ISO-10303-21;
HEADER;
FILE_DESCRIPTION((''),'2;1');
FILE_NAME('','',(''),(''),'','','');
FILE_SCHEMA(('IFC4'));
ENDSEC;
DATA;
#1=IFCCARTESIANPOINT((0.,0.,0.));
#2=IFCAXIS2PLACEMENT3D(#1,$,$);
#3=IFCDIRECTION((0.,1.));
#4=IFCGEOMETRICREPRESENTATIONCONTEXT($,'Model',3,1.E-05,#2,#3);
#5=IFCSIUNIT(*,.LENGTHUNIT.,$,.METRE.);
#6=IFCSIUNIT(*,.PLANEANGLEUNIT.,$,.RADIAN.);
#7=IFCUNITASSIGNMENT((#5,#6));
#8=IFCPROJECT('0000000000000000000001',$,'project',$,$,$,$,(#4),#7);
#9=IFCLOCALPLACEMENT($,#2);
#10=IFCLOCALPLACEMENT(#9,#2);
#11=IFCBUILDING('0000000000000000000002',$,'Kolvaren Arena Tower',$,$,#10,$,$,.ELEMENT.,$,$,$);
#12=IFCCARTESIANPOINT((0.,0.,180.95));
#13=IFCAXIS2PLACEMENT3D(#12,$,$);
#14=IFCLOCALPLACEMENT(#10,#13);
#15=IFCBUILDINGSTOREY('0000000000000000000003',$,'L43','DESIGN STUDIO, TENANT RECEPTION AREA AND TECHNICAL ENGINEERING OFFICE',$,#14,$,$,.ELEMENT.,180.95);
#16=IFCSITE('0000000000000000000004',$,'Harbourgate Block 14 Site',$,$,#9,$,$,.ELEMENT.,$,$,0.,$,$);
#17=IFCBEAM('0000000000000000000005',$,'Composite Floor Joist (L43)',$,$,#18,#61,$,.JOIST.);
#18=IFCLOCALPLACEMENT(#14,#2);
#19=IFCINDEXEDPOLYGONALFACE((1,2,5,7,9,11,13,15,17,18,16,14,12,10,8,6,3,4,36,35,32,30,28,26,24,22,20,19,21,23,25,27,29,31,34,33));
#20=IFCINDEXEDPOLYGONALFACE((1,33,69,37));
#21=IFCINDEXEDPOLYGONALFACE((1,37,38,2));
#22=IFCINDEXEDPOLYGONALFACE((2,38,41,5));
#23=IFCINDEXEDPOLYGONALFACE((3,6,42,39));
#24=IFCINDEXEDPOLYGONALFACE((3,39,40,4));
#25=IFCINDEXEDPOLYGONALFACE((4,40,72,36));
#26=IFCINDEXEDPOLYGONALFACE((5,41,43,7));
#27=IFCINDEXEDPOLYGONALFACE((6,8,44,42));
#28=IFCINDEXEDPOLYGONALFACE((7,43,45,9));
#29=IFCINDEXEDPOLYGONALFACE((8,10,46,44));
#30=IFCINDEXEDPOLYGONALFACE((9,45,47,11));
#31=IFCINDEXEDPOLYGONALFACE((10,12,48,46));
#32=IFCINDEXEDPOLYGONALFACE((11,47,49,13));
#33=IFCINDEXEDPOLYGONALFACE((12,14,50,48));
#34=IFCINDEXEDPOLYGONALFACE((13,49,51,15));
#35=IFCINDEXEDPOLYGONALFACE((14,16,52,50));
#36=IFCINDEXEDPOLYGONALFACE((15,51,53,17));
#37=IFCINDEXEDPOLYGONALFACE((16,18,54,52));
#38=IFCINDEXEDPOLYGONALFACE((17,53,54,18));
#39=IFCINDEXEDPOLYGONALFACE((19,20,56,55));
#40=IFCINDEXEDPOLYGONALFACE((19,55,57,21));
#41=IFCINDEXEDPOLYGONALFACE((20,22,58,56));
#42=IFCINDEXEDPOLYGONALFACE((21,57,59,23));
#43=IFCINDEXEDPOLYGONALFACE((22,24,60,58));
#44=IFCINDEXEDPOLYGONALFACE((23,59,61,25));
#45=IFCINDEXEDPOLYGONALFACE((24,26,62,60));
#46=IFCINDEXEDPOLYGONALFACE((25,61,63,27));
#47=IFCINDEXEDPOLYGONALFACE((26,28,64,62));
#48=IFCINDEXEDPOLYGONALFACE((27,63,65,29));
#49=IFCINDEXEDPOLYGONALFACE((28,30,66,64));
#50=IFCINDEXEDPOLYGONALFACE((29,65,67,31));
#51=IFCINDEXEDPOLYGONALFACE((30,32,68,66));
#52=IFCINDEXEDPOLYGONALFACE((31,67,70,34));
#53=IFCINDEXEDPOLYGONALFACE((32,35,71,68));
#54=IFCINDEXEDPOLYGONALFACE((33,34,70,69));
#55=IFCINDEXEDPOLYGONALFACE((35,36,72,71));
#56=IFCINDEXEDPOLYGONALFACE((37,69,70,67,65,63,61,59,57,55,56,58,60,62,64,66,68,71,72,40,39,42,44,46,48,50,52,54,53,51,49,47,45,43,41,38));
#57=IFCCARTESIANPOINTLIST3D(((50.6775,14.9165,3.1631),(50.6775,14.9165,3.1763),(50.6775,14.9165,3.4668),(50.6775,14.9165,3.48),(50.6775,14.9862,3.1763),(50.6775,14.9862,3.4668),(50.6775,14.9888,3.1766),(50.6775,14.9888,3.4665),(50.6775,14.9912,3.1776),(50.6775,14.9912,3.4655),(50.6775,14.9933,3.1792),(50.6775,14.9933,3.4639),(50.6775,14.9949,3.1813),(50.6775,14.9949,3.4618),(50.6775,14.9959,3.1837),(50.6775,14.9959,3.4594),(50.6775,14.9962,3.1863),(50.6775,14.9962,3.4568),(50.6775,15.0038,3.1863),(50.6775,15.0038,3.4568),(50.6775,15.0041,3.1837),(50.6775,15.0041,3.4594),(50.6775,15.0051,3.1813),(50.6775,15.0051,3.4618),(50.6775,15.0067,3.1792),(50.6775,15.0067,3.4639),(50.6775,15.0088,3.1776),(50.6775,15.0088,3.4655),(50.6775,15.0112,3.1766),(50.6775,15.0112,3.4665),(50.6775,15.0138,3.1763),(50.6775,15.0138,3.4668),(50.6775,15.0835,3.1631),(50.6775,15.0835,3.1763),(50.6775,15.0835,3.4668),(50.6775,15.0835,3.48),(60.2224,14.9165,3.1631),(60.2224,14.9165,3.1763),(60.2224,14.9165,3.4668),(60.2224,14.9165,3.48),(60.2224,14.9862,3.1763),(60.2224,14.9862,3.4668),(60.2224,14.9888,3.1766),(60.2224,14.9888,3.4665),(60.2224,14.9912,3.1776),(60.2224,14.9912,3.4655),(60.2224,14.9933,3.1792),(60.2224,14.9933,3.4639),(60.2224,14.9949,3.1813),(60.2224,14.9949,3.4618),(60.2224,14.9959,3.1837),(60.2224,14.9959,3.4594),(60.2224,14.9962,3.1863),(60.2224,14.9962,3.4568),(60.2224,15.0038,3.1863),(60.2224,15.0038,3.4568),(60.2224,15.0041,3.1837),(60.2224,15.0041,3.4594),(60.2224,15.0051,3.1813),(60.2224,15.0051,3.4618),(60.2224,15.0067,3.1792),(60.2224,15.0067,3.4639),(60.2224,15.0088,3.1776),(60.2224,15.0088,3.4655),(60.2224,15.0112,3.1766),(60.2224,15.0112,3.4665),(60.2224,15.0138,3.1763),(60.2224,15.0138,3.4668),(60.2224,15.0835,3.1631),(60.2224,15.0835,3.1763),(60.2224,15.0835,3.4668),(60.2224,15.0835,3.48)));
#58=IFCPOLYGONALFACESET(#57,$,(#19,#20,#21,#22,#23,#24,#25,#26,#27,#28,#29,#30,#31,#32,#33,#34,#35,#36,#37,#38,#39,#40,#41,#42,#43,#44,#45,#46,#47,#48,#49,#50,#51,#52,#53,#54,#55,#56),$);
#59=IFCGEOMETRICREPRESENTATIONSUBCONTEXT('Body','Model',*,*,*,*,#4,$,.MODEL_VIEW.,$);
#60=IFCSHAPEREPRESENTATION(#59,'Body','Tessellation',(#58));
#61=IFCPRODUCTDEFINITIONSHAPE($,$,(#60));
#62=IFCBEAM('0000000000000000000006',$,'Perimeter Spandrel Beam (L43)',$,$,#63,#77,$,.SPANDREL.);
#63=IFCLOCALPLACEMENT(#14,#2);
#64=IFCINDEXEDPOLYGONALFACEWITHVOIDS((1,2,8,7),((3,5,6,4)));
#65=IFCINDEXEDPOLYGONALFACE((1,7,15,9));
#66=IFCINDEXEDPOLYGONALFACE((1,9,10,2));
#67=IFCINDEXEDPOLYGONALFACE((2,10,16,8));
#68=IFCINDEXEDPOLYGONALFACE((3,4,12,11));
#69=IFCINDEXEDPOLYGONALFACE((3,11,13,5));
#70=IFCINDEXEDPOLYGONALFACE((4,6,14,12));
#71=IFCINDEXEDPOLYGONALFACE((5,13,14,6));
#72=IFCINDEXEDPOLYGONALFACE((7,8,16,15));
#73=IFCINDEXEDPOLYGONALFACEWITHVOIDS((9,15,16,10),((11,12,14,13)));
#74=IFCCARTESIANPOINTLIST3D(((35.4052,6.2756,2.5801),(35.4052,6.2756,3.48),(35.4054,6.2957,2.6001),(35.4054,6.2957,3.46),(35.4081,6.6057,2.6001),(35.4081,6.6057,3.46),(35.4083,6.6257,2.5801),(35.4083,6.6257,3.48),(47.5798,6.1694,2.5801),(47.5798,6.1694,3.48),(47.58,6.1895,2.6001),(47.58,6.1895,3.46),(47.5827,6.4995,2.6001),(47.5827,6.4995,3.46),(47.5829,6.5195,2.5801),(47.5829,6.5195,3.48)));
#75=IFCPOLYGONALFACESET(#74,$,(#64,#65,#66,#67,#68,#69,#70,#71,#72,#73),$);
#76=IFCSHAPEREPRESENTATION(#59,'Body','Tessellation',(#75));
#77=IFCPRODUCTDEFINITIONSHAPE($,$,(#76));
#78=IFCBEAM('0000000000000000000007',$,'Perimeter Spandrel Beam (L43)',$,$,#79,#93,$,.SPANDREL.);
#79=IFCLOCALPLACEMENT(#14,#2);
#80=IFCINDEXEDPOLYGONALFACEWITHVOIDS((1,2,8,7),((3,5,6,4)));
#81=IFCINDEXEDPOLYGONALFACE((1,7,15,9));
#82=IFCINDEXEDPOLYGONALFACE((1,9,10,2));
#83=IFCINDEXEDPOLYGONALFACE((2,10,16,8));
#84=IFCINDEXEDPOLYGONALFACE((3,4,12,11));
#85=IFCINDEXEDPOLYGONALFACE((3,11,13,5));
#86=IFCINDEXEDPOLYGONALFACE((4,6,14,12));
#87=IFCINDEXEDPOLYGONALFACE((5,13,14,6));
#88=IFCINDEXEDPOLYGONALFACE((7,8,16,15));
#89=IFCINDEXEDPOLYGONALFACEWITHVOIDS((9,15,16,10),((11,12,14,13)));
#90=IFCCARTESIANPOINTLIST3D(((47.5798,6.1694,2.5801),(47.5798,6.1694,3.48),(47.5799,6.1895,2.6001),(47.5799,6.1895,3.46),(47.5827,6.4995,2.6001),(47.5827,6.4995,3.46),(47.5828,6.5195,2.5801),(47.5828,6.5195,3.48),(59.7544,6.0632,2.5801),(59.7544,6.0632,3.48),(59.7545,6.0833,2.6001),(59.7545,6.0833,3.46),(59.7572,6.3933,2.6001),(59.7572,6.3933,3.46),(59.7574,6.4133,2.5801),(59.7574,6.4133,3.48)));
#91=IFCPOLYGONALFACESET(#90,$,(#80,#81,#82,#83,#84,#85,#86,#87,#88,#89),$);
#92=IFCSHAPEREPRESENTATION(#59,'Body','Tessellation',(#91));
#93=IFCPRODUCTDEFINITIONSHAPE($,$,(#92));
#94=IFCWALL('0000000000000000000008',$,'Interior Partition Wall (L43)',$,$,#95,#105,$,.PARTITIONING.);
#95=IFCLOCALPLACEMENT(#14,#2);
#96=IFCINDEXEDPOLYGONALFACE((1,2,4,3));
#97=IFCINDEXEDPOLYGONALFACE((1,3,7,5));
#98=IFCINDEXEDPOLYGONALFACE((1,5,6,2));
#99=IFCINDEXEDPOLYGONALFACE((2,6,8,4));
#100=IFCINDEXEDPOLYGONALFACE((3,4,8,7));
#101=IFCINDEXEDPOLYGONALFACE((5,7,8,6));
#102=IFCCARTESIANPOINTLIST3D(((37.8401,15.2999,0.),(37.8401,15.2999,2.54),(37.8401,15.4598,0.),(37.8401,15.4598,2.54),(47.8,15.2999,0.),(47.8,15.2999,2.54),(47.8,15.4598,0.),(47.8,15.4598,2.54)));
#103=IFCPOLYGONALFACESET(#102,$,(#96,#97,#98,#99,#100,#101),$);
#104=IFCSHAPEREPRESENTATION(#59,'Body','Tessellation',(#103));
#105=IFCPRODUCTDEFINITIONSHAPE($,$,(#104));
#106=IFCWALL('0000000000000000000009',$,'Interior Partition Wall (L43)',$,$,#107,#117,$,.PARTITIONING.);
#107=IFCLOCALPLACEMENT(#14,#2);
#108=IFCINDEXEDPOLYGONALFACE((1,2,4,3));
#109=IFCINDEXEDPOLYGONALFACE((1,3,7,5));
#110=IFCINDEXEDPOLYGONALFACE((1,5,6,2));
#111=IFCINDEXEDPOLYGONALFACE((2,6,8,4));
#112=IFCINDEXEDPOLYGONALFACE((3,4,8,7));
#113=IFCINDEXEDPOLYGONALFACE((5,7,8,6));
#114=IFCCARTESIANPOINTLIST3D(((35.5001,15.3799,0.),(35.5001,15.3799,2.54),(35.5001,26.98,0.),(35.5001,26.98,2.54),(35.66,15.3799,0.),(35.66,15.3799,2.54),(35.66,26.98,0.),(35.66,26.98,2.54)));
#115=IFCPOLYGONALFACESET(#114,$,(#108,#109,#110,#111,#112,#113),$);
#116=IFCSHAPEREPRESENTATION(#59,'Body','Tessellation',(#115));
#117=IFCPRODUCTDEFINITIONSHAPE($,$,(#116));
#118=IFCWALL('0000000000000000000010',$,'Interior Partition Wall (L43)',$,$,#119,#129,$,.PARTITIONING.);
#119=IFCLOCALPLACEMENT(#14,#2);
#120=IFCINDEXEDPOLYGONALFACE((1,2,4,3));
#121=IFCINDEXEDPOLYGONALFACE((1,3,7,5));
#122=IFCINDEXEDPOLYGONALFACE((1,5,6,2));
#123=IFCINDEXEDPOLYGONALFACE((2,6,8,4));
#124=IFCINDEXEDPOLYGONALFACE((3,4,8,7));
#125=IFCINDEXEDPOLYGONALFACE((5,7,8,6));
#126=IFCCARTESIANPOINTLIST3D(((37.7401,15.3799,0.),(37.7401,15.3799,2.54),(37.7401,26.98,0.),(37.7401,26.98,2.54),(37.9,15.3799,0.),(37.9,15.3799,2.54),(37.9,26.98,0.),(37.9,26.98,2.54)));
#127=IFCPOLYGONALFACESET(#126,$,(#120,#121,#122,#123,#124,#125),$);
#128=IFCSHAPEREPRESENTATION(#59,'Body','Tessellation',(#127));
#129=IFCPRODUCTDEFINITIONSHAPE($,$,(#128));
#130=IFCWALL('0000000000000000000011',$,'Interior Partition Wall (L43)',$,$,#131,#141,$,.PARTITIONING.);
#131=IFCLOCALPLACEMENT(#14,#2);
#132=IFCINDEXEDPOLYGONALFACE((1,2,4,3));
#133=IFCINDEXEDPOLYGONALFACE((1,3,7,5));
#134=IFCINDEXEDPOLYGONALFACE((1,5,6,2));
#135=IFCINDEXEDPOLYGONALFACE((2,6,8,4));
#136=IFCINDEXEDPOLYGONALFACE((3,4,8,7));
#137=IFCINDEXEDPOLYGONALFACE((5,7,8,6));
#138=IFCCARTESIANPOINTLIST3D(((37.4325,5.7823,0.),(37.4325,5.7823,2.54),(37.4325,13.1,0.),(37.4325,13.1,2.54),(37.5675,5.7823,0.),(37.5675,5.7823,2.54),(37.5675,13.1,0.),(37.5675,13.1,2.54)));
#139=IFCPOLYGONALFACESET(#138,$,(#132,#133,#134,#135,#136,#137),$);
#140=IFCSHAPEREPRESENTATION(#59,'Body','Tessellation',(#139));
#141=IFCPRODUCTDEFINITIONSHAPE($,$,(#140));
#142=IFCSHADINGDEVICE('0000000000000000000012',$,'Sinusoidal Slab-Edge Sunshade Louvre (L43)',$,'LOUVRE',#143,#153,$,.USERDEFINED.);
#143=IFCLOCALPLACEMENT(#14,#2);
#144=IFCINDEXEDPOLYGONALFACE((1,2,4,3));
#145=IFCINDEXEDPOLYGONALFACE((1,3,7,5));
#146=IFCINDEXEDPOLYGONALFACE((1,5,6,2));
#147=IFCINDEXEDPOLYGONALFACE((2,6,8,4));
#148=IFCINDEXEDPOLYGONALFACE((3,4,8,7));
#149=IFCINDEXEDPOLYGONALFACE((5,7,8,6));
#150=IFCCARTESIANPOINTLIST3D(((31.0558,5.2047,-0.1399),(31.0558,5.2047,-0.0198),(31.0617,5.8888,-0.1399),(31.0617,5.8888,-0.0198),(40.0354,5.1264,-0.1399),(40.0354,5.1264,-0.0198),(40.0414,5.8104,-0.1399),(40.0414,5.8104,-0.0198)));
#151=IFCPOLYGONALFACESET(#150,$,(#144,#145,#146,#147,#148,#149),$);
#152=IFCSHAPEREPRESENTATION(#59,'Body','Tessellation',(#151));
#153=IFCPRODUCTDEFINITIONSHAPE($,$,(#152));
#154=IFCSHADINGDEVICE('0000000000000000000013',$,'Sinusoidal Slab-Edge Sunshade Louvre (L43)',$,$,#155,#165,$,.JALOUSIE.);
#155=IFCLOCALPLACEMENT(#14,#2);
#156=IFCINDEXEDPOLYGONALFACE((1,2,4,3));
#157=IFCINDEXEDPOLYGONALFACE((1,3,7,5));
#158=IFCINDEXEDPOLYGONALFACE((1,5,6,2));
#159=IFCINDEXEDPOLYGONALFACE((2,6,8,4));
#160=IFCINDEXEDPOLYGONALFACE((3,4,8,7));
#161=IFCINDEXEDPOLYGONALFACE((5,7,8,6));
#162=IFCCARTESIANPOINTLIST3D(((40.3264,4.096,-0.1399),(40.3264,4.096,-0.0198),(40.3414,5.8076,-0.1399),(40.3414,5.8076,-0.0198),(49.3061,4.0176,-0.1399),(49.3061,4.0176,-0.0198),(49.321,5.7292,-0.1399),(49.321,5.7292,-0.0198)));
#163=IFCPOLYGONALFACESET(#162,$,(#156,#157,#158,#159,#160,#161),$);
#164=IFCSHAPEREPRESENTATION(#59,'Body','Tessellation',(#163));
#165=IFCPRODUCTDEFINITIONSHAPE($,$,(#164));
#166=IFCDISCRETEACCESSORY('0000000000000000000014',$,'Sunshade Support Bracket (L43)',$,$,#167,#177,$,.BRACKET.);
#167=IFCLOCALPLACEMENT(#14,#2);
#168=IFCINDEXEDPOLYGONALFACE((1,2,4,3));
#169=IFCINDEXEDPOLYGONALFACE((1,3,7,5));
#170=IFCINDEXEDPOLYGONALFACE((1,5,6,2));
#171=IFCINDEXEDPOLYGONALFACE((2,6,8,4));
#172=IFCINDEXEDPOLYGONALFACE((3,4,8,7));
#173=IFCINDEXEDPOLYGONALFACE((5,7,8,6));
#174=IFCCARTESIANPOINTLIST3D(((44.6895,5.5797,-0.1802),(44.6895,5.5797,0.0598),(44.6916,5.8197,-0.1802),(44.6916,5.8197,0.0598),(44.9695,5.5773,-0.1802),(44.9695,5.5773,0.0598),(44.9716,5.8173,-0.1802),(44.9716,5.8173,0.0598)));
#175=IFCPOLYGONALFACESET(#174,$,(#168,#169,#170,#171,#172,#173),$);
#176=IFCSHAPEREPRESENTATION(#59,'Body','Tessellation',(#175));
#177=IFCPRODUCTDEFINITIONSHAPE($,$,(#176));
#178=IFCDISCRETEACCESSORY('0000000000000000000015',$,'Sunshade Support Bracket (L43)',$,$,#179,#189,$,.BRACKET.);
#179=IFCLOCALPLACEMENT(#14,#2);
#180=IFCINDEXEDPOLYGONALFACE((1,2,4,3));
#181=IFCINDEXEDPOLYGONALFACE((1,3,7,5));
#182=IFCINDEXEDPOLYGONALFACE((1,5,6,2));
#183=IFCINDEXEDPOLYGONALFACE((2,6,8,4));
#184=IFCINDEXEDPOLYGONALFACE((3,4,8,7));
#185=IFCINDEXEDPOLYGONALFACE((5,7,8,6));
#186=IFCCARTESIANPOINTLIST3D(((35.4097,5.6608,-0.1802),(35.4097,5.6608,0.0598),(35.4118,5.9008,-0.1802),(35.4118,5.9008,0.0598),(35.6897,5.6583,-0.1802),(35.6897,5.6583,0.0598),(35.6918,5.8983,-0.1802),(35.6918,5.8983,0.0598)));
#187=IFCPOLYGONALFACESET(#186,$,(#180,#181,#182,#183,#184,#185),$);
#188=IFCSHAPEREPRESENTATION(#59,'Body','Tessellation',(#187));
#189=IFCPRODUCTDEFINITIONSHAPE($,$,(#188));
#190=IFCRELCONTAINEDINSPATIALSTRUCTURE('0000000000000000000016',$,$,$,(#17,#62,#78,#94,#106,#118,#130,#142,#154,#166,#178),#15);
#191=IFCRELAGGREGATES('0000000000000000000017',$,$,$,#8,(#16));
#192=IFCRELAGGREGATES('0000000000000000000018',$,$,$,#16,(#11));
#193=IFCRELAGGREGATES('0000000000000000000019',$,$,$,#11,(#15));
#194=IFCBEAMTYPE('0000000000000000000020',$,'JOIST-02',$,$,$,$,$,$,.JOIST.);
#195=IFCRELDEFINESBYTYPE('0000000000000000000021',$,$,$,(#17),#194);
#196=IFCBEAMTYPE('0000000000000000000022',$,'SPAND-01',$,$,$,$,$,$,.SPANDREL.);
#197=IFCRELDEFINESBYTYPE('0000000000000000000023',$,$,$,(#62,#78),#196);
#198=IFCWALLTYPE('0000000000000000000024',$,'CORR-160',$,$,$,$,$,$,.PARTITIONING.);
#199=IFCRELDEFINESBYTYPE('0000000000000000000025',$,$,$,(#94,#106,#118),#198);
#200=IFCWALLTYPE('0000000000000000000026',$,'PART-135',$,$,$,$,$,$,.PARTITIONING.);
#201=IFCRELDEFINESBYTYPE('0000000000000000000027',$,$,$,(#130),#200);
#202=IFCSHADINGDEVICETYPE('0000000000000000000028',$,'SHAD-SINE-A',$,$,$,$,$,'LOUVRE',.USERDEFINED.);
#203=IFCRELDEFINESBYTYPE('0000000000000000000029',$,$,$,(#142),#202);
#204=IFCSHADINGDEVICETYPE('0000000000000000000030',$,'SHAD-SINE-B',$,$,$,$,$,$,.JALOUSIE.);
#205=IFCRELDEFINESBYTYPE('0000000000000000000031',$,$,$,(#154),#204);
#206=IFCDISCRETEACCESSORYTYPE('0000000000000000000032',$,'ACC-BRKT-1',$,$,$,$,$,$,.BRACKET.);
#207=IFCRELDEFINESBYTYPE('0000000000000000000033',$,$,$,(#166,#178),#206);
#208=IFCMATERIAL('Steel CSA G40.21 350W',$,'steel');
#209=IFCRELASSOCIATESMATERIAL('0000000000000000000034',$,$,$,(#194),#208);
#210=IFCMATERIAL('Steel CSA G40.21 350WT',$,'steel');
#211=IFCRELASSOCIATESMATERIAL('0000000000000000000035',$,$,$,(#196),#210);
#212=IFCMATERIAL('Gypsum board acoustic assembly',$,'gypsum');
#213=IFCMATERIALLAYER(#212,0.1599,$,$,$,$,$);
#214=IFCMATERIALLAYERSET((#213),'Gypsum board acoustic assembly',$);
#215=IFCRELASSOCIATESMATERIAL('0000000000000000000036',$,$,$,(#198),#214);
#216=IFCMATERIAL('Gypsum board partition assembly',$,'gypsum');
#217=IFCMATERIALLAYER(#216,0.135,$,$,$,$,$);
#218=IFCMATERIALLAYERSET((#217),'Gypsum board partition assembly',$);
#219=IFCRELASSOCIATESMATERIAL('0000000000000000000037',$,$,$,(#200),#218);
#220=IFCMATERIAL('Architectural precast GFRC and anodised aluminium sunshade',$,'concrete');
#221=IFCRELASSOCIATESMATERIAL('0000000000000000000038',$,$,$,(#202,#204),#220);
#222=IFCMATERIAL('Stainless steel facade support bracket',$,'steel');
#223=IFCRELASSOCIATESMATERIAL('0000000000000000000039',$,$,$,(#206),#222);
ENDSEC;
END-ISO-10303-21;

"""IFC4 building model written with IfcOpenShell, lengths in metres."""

from ifc_helpers import new_model, si_unit, direction, frame, frame_2d, origin, origin_2d, place, context, subcontext, project, spatial, rectangle, hollow_rectangle, i_section, extrude, material, layer, layer_set, material_profile, profile_set, type_object, element, save


model = new_model("IFC4")

# Units and contexts
model_context = context("Model", 3, precision=1e-05, world=origin(), true_north=direction((0.0, 1.0)))
body_context = subcontext(model_context, "Body", "Model", "MODEL_VIEW")
ifc_project = project(units=[si_unit("LENGTHUNIT", "METRE"), si_unit("PLANEANGLEUNIT", "RADIAN")], contexts=[model_context])

# Site, building, storey
site_placement = place(None, origin())
site = spatial("IfcSite", under=ifc_project, at=site_placement, Name="Harbourgate Block 14 Site", CompositionType="ELEMENT", RefElevation=0.0)
building_placement = place(site_placement, origin())
building = spatial("IfcBuilding", under=site, at=building_placement, Name="Kolvaren Arena Tower", CompositionType="ELEMENT")
storey_placement = place(building_placement, frame((0.0, 0.0, 180.95)))
storey = spatial("IfcBuildingStorey", under=building, at=storey_placement, Name="L43", Description="DESIGN STUDIO, TENANT RECEPTION AREA AND TECHNICAL ENGINEERING OFFICE", CompositionType="ELEMENT", Elevation=180.95)

# Beams
ifc_material_1 = material(Name="Steel CSA G40.21 350W", Category="steel")
ifc_material_profile_1 = material_profile(ifc_material_1, i_section(OverallWidth=0.167, OverallDepth=0.3169, WebThickness=0.0076, FlangeThickness=0.0132, FilletRadius=0.01, at=origin_2d()), Name="W310x52")
ifc_profile_set_1 = profile_set([ifc_material_profile_1], Name="Steel CSA G40.21 350W")
beam_type_1 = type_object("IfcBeamType", Name="JOIST-02", PredefinedType="JOIST", material=ifc_profile_set_1)
beam_1_placement = place(storey_placement, frame((50.6775, 15.0, 3.3215), z_axis=(1.0, 0.0, 0.0), x_axis=(0.0, 1.0, 0.0)))
element("IfcBeam", 1, at=beam_1_placement, inside=storey, type_object=beam_type_1, Name="Composite Floor Joist (L43)", PredefinedType="JOIST", context=body_context, shape_type="SweptSolid", body=[
    extrude(i_section(OverallWidth=0.167, OverallDepth=0.3169, WebThickness=0.0076, FlangeThickness=0.0132, FilletRadius=0.01, at=origin_2d()), origin(), (0.0, 0.0, 1.0), 9.5449),
])
ifc_material_2 = material(Name="Steel CSA G40.21 350WT", Category="steel")
ifc_material_profile_2 = material_profile(ifc_material_2, hollow_rectangle(XDim=0.3501, YDim=0.8999, WallThickness=0.02, at=origin_2d()), Name="HSS 900x350x20")
ifc_profile_set_2 = profile_set([ifc_material_profile_2], Name="Steel CSA G40.21 350WT")
beam_type_2 = type_object("IfcBeamType", Name="SPAND-01", PredefinedType="SPANDREL", material=ifc_profile_set_2)
for number, where, z_axis, x_axis, name in (
    (2, (35.4067, 6.4507, 3.03), (0.999962, -0.008723, 0.0), (0.008723, 0.999962, 0.0), "Perimeter Spandrel Beam (L43)"),
    (3, (47.5813, 6.3445, 3.03), (0.999962, -0.008723, 0.0), (0.008723, 0.999962, 0.0), "Perimeter Spandrel Beam (L43)"),
):
    element("IfcBeam", number, at=place(storey_placement, frame(where, z_axis=z_axis, x_axis=x_axis)), inside=storey, type_object=beam_type_2, Name=name, PredefinedType="SPANDREL", context=body_context, shape_type="SweptSolid", body=[
        extrude(hollow_rectangle(XDim=0.3501, YDim=0.8999, WallThickness=0.02, at=origin_2d()), origin(), (0.0, 0.0, 1.0), 12.175),
    ])

# Walls
ifc_material_3 = material(Name="Gypsum board acoustic assembly", Category="gypsum")
ifc_layer_1 = layer(ifc_material_3, 0.1599)
ifc_layer_set_1 = layer_set([ifc_layer_1], Name="Gypsum board acoustic assembly")
wall_type_1 = type_object("IfcWallType", Name="CORR-160", PredefinedType="PARTITIONING", material=ifc_layer_set_1)
wall_1_placement = place(storey_placement, frame((37.8401, 15.3799, 0.0), z_axis=(0.0, 0.0, 1.0), x_axis=(1.0, 0.0, 0.0)))
element("IfcWall", 4, at=wall_1_placement, inside=storey, type_object=wall_type_1, Name="Interior Partition Wall (L43)", PredefinedType="PARTITIONING", context=body_context, shape_type="SweptSolid", body=[
    extrude(rectangle(XDim=9.96, YDim=0.1599, at=frame_2d((4.98, 0.0))), origin(), (0.0, 0.0, 1.0), 2.54),
])
for number, where, z_axis, x_axis, name in (
    (5, (35.5801, 15.3799, 0.0), (0.0, 0.0, 1.0), (0.0, 1.0, 0.0), "Interior Partition Wall (L43)"),
    (6, (37.8201, 15.3799, 0.0), (0.0, 0.0, 1.0), (0.0, 1.0, 0.0), "Interior Partition Wall (L43)"),
):
    element("IfcWall", number, at=place(storey_placement, frame(where, z_axis=z_axis, x_axis=x_axis)), inside=storey, type_object=wall_type_1, Name=name, PredefinedType="PARTITIONING", context=body_context, shape_type="SweptSolid", body=[
        extrude(rectangle(XDim=11.6001, YDim=0.1599, at=frame_2d((5.8, 0.0))), origin(), (0.0, 0.0, 1.0), 2.54),
    ])
ifc_material_4 = material(Name="Gypsum board partition assembly", Category="gypsum")
ifc_layer_2 = layer(ifc_material_4, 0.135)
ifc_layer_set_2 = layer_set([ifc_layer_2], Name="Gypsum board partition assembly")
wall_type_2 = type_object("IfcWallType", Name="PART-135", PredefinedType="PARTITIONING", material=ifc_layer_set_2)
wall_2_placement = place(storey_placement, frame((37.5, 5.7825, 0.0), z_axis=(0.0, 0.0, 1.0), x_axis=(0.0, 1.0, 0.0)))
element("IfcWall", 7, at=wall_2_placement, inside=storey, type_object=wall_type_2, Name="Interior Partition Wall (L43)", PredefinedType="PARTITIONING", context=body_context, shape_type="SweptSolid", body=[
    extrude(rectangle(XDim=7.3176, YDim=0.135, at=frame_2d((3.6587, 0.0))), origin(), (0.0, 0.0, 1.0), 2.54),
])

# Shading devices
ifc_material_5 = material(Name="Architectural precast GFRC and anodised aluminium sunshade", Category="concrete")
shading_device_type_1 = type_object("IfcShadingDeviceType", Name="SHAD-SINE-A", ElementType="LOUVRE", PredefinedType="USERDEFINED", material=ifc_material_5)
shading_device_1_placement = place(storey_placement, frame((35.5486, 5.5076, -0.1399), z_axis=(0.0, 0.0, 1.0), x_axis=(-0.999962, 0.008727, 0.0)))
element("IfcShadingDevice", 8, at=shading_device_1_placement, inside=storey, type_object=shading_device_type_1, Name="Sinusoidal Slab-Edge Sunshade Louvre (L43)", ObjectType="LOUVRE", PredefinedType="USERDEFINED", context=body_context, shape_type="SweptSolid", body=[
    extrude(rectangle(XDim=8.98, YDim=0.6841, at=origin_2d()), origin(), (0.0, 0.0, 1.0), 0.1201),
])
shading_device_type_2 = type_object("IfcShadingDeviceType", Name="SHAD-SINE-B", PredefinedType="JALOUSIE", material=ifc_material_5)
shading_device_2_placement = place(storey_placement, frame((44.8237, 4.9126, -0.1399), z_axis=(0.0, 0.0, 1.0), x_axis=(-0.999962, 0.008727, 0.0)))
element("IfcShadingDevice", 9, at=shading_device_2_placement, inside=storey, type_object=shading_device_type_2, Name="Sinusoidal Slab-Edge Sunshade Louvre (L43)", PredefinedType="JALOUSIE", context=body_context, shape_type="SweptSolid", body=[
    extrude(rectangle(XDim=8.98, YDim=1.7117, at=origin_2d()), origin(), (0.0, 0.0, 1.0), 0.1201),
])

# Discrete accessories
ifc_material_6 = material(Name="Stainless steel facade support bracket", Category="steel")
discrete_accessory_type = type_object("IfcDiscreteAccessoryType", Name="ACC-BRKT-1", PredefinedType="BRACKET", material=ifc_material_6)
for number, where, z_axis, x_axis, name in (
    (10, (44.8306, 5.6985, -0.1802), (0.0, 0.0, 1.0), (-0.999962, 0.008727, 0.0), "Sunshade Support Bracket (L43)"),
    (11, (35.5508, 5.7795, -0.1802), (0.0, 0.0, 1.0), (-0.999962, 0.008727, 0.0), "Sunshade Support Bracket (L43)"),
):
    element("IfcDiscreteAccessory", number, at=place(storey_placement, frame(where, z_axis=z_axis, x_axis=x_axis)), inside=storey, type_object=discrete_accessory_type, Name=name, PredefinedType="BRACKET", context=body_context, shape_type="SweptSolid", body=[
        extrude(rectangle(XDim=0.28, YDim=0.24, at=origin_2d()), origin(), (0.0, 0.0, 1.0), 0.24),
    ])

save(model, "model.ifc")
